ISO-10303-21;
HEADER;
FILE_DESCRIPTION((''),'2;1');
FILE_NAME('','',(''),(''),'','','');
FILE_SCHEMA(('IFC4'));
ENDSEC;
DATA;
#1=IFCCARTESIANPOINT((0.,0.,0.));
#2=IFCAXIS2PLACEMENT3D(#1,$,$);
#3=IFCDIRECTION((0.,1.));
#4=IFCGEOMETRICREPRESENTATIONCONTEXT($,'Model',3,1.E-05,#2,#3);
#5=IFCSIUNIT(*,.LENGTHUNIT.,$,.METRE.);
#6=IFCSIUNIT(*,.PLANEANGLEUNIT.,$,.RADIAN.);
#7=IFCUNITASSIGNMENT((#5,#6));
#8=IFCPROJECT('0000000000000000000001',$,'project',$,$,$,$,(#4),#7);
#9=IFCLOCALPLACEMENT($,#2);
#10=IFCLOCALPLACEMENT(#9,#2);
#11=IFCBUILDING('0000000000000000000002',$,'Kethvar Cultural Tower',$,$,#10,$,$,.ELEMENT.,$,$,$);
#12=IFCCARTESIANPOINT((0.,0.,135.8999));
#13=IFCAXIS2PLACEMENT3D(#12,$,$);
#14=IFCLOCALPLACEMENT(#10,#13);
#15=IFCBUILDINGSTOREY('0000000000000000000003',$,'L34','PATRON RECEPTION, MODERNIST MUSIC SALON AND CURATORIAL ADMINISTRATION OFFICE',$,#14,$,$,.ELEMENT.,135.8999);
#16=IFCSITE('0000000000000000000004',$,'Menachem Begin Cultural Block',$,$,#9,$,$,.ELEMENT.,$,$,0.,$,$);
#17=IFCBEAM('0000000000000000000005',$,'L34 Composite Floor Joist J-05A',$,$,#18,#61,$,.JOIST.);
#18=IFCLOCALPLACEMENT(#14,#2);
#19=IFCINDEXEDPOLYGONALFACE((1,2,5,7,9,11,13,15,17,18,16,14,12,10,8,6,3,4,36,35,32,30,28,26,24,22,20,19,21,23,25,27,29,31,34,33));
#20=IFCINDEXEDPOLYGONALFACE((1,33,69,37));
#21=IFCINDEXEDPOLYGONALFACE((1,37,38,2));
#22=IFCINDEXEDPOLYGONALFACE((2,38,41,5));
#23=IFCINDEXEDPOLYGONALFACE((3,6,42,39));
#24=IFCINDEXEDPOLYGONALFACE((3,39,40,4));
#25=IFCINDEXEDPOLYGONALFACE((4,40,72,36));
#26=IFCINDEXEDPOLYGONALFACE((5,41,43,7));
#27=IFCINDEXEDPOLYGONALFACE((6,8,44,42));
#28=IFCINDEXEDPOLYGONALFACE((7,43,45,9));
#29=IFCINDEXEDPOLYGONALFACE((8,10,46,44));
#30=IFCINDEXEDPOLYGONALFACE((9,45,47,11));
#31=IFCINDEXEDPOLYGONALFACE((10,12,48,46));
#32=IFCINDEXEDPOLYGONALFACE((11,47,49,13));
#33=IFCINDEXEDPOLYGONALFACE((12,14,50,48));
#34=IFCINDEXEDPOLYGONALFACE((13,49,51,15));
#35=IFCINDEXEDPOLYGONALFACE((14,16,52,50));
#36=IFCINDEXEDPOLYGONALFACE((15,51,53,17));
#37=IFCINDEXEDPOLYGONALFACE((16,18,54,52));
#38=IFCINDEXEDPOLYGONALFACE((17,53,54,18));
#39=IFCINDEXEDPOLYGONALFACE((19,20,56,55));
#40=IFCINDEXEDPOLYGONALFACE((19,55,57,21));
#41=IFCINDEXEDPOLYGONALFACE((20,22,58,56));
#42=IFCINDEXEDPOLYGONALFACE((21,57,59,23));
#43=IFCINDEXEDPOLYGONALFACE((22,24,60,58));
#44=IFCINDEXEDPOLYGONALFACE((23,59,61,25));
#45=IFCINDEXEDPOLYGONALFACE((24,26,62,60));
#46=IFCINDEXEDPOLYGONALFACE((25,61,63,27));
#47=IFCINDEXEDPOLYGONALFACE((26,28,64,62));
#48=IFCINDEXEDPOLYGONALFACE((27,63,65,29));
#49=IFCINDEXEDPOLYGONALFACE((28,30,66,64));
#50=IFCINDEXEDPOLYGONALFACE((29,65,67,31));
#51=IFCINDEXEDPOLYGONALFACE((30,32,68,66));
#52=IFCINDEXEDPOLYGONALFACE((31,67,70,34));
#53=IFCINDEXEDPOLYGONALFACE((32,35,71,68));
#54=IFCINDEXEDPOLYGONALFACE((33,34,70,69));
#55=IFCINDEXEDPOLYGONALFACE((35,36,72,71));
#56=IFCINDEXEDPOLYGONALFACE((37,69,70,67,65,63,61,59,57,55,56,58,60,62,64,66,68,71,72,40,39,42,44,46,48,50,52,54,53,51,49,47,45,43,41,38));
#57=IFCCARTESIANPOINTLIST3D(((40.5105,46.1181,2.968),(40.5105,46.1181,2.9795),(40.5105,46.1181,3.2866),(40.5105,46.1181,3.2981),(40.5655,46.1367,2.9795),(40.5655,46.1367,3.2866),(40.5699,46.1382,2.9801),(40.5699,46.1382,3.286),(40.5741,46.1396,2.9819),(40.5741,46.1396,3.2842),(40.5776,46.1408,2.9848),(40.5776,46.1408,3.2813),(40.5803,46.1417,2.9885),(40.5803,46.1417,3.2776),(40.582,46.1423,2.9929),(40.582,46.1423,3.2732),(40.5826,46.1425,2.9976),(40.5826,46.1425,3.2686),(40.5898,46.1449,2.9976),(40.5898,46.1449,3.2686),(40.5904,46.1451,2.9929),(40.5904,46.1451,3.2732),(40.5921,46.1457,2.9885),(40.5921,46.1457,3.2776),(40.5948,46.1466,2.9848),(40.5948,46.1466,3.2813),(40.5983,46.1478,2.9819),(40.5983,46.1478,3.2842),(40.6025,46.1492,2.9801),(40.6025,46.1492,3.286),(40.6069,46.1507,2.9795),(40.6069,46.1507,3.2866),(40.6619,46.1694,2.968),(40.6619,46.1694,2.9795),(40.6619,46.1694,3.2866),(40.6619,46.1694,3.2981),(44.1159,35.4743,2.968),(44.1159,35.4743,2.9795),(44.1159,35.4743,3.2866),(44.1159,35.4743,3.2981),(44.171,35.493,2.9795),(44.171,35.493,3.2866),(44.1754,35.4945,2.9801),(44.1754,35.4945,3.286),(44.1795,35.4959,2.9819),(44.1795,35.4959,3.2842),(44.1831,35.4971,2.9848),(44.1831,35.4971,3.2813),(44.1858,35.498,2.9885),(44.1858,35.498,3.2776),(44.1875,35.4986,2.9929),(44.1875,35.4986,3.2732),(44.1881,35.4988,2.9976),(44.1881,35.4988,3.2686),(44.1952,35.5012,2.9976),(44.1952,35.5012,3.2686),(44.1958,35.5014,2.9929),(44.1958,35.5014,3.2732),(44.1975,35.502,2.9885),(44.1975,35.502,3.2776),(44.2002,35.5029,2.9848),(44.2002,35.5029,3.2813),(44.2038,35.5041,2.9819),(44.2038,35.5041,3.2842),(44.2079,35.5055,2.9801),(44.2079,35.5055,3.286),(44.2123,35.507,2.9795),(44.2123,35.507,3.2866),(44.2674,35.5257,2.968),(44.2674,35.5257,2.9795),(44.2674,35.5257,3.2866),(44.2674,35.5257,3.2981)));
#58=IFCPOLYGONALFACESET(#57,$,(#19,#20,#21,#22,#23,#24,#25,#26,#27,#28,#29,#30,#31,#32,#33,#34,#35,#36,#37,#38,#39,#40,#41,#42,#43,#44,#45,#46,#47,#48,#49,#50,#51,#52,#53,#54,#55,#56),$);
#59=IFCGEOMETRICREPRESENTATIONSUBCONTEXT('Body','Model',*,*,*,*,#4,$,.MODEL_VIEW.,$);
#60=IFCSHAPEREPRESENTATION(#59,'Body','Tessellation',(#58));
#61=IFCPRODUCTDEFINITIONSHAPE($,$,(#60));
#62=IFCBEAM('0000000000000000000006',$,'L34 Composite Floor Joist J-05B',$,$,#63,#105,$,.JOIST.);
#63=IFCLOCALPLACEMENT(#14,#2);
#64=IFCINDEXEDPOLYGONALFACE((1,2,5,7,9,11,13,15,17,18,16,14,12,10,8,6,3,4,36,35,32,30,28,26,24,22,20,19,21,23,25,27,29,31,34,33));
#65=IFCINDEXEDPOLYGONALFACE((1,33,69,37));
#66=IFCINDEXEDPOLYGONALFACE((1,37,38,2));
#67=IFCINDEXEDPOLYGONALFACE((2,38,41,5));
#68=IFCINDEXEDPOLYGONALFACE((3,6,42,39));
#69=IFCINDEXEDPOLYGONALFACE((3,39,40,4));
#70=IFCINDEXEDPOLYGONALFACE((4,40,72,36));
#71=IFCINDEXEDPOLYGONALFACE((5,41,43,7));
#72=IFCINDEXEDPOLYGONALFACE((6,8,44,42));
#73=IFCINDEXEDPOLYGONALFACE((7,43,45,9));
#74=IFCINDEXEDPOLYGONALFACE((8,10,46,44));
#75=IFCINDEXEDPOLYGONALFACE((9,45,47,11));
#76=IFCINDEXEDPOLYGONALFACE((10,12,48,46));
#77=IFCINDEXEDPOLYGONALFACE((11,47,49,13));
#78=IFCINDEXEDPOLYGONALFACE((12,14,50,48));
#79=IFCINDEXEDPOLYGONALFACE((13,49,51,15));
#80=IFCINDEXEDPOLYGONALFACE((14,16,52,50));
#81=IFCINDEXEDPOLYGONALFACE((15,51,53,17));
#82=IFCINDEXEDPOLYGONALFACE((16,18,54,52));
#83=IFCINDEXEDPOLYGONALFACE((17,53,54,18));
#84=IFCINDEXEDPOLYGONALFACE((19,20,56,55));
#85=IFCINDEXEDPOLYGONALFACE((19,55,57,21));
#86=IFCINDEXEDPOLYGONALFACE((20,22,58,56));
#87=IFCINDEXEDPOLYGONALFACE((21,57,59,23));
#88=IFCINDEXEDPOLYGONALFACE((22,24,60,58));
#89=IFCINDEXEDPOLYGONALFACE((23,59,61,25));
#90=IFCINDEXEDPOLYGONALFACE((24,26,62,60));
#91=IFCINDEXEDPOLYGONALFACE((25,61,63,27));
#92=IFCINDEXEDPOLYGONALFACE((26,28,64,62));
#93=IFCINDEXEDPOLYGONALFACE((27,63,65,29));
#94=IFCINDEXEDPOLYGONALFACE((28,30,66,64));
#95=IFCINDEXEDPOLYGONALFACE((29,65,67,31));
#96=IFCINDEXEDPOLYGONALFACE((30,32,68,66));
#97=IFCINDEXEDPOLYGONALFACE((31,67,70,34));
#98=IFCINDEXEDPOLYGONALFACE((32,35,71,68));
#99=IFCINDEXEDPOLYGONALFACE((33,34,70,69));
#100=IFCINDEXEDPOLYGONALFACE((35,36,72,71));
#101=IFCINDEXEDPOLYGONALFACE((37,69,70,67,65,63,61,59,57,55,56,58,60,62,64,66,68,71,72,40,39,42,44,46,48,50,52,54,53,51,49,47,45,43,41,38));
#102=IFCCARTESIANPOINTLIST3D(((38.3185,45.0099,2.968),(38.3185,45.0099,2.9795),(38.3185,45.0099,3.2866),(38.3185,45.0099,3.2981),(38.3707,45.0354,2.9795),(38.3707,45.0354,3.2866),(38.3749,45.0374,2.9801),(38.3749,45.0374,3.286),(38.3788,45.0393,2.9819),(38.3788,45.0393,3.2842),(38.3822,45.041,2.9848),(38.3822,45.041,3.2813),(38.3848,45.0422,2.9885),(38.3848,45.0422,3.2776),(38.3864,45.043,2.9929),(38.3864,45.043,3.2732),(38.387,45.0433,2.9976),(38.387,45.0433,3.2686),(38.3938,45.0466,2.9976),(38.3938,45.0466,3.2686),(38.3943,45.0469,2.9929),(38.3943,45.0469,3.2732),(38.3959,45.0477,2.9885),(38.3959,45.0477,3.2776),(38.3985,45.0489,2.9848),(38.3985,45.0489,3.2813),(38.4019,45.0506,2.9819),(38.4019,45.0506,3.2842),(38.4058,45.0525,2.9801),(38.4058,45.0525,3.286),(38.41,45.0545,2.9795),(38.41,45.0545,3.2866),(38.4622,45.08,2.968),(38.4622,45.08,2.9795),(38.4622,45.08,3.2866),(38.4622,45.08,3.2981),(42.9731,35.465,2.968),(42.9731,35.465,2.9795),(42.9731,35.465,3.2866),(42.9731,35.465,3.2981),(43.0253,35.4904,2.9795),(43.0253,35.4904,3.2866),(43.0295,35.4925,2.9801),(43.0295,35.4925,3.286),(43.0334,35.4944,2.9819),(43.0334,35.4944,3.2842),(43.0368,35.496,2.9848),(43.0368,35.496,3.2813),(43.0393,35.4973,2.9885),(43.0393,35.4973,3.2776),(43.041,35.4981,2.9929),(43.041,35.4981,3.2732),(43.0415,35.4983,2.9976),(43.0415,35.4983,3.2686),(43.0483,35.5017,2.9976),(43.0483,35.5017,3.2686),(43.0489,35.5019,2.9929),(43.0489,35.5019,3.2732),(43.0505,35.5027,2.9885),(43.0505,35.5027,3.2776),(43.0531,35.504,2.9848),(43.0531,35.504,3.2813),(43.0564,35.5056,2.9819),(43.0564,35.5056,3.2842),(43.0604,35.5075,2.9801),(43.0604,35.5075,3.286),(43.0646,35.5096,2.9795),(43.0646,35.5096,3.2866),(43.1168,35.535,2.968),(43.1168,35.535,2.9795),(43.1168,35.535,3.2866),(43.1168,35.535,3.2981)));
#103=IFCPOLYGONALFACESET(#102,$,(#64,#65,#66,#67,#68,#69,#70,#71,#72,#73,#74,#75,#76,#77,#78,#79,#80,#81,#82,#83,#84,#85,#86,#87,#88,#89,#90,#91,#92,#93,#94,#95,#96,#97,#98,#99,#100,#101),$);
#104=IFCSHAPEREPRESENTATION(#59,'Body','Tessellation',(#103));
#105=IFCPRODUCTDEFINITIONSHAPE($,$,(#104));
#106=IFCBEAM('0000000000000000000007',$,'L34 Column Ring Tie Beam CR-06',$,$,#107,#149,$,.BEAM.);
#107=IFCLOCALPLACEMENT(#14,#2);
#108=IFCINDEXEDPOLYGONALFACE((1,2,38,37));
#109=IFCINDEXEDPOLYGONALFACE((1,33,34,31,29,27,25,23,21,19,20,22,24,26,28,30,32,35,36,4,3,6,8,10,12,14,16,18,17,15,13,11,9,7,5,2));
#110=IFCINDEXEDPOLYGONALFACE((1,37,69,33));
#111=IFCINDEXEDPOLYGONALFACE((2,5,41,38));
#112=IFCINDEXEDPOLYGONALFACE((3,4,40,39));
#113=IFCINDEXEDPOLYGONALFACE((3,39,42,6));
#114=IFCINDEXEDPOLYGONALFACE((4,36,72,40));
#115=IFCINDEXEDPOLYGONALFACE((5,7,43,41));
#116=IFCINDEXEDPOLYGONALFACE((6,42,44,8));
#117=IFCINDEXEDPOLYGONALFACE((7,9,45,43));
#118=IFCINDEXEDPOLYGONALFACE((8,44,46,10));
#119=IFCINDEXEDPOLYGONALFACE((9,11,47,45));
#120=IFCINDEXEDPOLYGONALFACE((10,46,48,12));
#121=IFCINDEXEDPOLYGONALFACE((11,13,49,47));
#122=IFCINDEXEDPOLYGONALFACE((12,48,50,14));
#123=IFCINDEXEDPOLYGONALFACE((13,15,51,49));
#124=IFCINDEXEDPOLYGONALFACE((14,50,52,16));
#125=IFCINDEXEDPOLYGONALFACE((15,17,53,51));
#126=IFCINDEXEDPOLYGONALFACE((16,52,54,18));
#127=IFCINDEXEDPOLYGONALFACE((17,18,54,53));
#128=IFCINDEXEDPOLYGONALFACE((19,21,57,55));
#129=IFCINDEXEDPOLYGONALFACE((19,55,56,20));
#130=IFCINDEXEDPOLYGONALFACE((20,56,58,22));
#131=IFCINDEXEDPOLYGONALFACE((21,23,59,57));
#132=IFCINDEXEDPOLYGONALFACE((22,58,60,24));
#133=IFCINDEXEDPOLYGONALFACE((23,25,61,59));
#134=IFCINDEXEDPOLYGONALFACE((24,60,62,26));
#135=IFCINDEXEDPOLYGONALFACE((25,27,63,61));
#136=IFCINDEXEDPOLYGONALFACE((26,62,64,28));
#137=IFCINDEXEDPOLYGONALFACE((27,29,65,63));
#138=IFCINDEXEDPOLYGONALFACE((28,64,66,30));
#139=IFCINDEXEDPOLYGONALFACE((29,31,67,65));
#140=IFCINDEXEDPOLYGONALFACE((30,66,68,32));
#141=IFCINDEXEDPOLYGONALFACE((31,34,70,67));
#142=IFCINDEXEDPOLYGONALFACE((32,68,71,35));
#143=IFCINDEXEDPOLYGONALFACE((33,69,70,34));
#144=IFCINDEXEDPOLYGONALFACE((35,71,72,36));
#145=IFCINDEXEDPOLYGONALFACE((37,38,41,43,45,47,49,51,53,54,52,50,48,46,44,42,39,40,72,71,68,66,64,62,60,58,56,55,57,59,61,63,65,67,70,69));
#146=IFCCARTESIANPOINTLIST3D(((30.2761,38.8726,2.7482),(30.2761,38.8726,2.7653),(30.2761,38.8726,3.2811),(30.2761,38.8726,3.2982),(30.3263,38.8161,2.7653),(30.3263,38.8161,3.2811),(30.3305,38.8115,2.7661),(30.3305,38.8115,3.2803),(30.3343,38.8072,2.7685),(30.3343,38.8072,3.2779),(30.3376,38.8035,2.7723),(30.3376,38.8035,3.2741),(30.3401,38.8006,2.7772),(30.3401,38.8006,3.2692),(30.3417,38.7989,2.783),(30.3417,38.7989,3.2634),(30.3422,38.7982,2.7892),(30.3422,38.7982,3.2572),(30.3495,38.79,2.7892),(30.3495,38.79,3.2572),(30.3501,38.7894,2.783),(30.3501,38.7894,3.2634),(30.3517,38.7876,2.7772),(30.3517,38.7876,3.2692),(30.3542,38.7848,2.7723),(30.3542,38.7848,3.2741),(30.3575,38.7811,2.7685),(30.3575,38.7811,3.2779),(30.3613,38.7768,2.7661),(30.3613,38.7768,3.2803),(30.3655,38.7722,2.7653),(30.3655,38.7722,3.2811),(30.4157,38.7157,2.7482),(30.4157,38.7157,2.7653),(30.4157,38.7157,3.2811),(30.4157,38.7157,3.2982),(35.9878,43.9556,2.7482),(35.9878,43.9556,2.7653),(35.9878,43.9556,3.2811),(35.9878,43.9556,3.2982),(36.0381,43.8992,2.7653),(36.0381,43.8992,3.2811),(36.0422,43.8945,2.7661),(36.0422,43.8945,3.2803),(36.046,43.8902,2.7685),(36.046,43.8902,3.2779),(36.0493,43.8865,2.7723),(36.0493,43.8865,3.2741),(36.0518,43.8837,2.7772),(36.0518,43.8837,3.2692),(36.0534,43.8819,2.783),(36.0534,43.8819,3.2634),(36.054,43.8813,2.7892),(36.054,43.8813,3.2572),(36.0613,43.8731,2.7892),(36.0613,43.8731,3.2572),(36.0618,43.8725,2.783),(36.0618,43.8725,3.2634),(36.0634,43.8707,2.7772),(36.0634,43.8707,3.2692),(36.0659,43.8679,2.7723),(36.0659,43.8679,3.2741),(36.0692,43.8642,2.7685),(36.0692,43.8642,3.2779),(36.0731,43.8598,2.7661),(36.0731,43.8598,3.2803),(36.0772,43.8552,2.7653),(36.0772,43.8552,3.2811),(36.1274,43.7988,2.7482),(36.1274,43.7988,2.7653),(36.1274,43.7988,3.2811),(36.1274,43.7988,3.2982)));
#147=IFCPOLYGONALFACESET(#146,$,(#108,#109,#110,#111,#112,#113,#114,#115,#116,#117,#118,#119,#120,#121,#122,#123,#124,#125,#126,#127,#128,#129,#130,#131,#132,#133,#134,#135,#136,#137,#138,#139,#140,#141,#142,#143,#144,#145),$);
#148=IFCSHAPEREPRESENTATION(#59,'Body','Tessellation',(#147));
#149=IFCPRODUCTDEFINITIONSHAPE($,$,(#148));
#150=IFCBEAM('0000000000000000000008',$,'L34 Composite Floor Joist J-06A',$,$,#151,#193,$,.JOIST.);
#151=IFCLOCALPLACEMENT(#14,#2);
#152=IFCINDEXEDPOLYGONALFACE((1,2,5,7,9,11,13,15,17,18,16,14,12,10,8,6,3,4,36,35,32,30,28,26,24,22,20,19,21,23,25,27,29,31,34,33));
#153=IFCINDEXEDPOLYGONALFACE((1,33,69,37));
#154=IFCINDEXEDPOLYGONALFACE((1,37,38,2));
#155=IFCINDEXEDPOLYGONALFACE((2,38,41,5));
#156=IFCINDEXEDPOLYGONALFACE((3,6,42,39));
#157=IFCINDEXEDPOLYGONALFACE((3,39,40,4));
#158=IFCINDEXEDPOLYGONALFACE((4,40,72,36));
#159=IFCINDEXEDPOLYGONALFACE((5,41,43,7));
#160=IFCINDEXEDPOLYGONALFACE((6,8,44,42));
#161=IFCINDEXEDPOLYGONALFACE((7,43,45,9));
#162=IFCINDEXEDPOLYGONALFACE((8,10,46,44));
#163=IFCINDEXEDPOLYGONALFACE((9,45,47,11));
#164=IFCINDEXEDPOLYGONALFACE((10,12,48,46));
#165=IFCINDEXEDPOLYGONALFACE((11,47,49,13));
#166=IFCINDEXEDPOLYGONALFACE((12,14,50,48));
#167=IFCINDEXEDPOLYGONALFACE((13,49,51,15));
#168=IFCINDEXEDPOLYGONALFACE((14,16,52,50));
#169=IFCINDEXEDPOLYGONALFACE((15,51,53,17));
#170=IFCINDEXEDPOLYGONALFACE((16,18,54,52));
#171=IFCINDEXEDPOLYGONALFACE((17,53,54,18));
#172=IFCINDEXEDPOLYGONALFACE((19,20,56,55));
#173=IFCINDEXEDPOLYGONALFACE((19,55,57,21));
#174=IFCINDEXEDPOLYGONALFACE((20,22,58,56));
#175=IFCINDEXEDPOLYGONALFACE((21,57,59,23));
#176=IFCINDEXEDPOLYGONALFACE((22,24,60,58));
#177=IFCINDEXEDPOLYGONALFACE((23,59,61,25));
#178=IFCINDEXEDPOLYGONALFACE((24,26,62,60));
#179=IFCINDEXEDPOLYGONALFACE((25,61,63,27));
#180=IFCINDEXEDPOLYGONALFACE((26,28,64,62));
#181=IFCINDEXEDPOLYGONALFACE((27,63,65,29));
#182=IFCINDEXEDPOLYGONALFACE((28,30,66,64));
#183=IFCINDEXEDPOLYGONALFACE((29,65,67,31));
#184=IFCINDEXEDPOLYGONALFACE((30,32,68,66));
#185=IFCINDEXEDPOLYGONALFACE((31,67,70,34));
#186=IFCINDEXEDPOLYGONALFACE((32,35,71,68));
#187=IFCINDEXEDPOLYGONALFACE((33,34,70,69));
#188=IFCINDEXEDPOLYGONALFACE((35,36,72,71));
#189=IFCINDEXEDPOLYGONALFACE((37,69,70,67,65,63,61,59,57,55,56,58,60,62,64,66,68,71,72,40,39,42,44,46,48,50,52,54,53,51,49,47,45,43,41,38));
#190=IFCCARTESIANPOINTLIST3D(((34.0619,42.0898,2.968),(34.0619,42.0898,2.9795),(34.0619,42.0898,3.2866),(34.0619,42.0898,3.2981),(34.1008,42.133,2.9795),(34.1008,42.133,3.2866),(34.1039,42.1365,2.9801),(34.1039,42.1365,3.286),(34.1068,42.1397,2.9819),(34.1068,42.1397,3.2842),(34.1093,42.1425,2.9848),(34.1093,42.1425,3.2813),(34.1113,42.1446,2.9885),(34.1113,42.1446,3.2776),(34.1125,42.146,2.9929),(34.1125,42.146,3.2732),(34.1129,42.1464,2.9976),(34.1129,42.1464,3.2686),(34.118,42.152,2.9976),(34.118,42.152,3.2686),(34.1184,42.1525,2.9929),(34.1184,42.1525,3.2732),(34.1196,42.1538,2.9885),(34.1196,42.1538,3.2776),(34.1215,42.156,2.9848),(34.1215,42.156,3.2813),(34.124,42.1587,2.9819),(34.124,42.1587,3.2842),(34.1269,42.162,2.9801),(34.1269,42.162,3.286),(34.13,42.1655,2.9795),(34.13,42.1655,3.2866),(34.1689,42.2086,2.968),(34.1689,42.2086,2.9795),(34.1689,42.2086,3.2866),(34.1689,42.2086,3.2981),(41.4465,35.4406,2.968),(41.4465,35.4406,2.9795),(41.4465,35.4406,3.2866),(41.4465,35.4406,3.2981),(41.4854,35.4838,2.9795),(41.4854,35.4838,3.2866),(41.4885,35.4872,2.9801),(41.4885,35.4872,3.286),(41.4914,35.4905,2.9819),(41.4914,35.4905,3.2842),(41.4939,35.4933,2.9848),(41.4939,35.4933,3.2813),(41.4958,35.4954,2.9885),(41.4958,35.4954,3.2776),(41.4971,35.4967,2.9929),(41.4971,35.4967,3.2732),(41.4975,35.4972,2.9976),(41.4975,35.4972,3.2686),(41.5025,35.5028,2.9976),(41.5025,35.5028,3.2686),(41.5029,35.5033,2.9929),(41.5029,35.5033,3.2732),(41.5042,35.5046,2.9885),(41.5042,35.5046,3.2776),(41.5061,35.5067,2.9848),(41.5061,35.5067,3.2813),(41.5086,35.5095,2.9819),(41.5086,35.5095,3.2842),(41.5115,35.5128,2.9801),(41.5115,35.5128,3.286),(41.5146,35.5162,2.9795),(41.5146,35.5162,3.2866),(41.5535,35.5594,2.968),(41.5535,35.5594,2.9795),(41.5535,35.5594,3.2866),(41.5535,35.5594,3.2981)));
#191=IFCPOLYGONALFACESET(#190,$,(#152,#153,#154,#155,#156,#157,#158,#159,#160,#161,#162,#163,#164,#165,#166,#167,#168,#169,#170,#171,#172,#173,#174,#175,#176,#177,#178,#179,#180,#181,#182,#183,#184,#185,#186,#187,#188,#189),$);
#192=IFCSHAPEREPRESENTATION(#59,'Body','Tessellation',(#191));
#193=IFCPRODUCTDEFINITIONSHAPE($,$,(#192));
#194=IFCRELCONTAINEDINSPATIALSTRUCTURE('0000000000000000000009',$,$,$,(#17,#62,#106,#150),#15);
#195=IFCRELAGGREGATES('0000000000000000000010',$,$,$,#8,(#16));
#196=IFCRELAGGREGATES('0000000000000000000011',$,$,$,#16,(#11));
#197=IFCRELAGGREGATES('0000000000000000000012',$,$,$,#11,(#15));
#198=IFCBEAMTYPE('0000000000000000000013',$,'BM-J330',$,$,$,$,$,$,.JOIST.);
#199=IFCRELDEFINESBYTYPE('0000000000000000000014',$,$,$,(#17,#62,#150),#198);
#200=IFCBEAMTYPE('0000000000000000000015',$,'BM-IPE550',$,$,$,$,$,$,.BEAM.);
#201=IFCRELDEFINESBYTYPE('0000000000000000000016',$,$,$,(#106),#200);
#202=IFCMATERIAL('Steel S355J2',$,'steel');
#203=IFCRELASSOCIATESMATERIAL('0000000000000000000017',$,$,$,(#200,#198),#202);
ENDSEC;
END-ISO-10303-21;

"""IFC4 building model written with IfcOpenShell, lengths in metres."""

from ifc_helpers import new_model, si_unit, direction, frame, origin, origin_2d, place, context, subcontext, project, spatial, i_section, extrude, source, transform, mapped, material, material_profile, profile_set, type_object, element, save


model = new_model("IFC4")

# Units and contexts
model_context = context("Model", 3, precision=1e-05, world=origin(), true_north=direction((0.0, 1.0)))
body_context = subcontext(model_context, "Body", "Model", "MODEL_VIEW")
ifc_project = project(units=[si_unit("LENGTHUNIT", "METRE"), si_unit("PLANEANGLEUNIT", "RADIAN")], contexts=[model_context])

# Site, building, storey
site_placement = place(None, origin())
site = spatial("IfcSite", under=ifc_project, at=site_placement, Name="Menachem Begin Cultural Block", CompositionType="ELEMENT", RefElevation=0.0)
building_placement = place(site_placement, origin())
building = spatial("IfcBuilding", under=site, at=building_placement, Name="Kethvar Cultural Tower", CompositionType="ELEMENT")
storey_placement = place(building_placement, frame((0.0, 0.0, 135.8999)))
storey = spatial("IfcBuildingStorey", under=building, at=storey_placement, Name="L34", Description="PATRON RECEPTION, MODERNIST MUSIC SALON AND CURATORIAL ADMINISTRATION OFFICE", CompositionType="ELEMENT", Elevation=135.8999)

# Beams
ifc_material_1 = material(Name="Steel S355J2", Category="steel")
ifc_material_profile_1 = material_profile(ifc_material_1, i_section(OverallWidth=0.21, OverallDepth=0.55, WebThickness=0.011, FlangeThickness=0.0171, FilletRadius=0.0239, at=origin_2d()), Name="Steel S355J2 — IPE550")
ifc_profile_set_1 = profile_set([ifc_material_profile_1], Name="Steel S355J2 — IPE550")
beam_type_1 = type_object("IfcBeamType", Name="BM-IPE550", PredefinedType="BEAM", material=ifc_profile_set_1)
ifc_material_profile_2 = material_profile(ifc_material_1, i_section(OverallWidth=0.1599, OverallDepth=0.3301, WebThickness=0.0076, FlangeThickness=0.0115, FilletRadius=0.0181, at=origin_2d()), Name="Steel S355J2 — IPE330")
ifc_profile_set_2 = profile_set([ifc_material_profile_2], Name="Steel S355J2 — IPE330")
beam_type_2 = type_object("IfcBeamType", Name="BM-J330", PredefinedType="JOIST", material=ifc_profile_set_2)
shared_shape_1 = source(origin(), body_context, "Body", "SweptSolid", [
    extrude(i_section(OverallWidth=0.1599, OverallDepth=0.3301, WebThickness=0.0076, FlangeThickness=0.0115, FilletRadius=0.0181, at=origin_2d()), origin(), (0.0, 0.0, 1.0), 11.2378),
])
beam_1_placement = place(storey_placement, frame((44.1917, 35.5, 3.1331), z_axis=(-0.320832, 0.947136, 0.0), x_axis=(-0.947136, -0.320832, 0.0)))
element("IfcBeam", 1, at=beam_1_placement, inside=storey, type_object=beam_type_2, Name="L34 Composite Floor Joist J-05A", PredefinedType="JOIST", context=body_context, shape_type="MappedRepresentation", body=[
    mapped(shared_shape_1, transform((0.0, 0.0, 0.0), scale=1.0)),
])
shared_shape_2 = source(origin(), body_context, "Body", "SweptSolid", [
    extrude(i_section(OverallWidth=0.1599, OverallDepth=0.3301, WebThickness=0.0076, FlangeThickness=0.0115, FilletRadius=0.0181, at=origin_2d()), origin(), (0.0, 0.0, 1.0), 10.6194),
])
beam_2_placement = place(storey_placement, frame((43.0449, 35.5, 3.1331), z_axis=(-0.438308, 0.898825, 0.0), x_axis=(-0.898825, -0.438308, 0.0)))
element("IfcBeam", 2, at=beam_2_placement, inside=storey, type_object=beam_type_2, Name="L34 Composite Floor Joist J-05B", PredefinedType="JOIST", context=body_context, shape_type="MappedRepresentation", body=[
    mapped(shared_shape_2, transform((0.0, 0.0, 0.0), scale=1.0)),
])
shared_shape_3 = source(origin(), body_context, "Body", "SweptSolid", [
    extrude(i_section(OverallWidth=0.21, OverallDepth=0.55, WebThickness=0.011, FlangeThickness=0.0171, FilletRadius=0.0239, at=origin_2d()), origin(), (0.0, 0.0, 1.0), 7.646),
])
beam_3_placement = place(storey_placement, frame((36.0576, 43.8772, 3.0232), z_axis=(-0.747022, -0.6648, 0.0), x_axis=(0.6648, -0.747022, 0.0)))
element("IfcBeam", 3, at=beam_3_placement, inside=storey, type_object=beam_type_1, Name="L34 Column Ring Tie Beam CR-06", PredefinedType="BEAM", context=body_context, shape_type="MappedRepresentation", body=[
    mapped(shared_shape_3, transform((0.0, 0.0, 0.0), scale=1.0)),
])
shared_shape_4 = source(origin(), body_context, "Body", "SweptSolid", [
    extrude(i_section(OverallWidth=0.1599, OverallDepth=0.3301, WebThickness=0.0076, FlangeThickness=0.0115, FilletRadius=0.0181, at=origin_2d()), origin(), (0.0, 0.0, 1.0), 9.937),
])
beam_4_placement = place(storey_placement, frame((41.5, 35.5, 3.1331), z_axis=(-0.743139, 0.669137, 0.0), x_axis=(-0.669137, -0.743139, 0.0)))
element("IfcBeam", 4, at=beam_4_placement, inside=storey, type_object=beam_type_2, Name="L34 Composite Floor Joist J-06A", PredefinedType="JOIST", context=body_context, shape_type="MappedRepresentation", body=[
    mapped(shared_shape_4, transform((0.0, 0.0, 0.0), scale=1.0)),
])

save(model, "model.ifc")
